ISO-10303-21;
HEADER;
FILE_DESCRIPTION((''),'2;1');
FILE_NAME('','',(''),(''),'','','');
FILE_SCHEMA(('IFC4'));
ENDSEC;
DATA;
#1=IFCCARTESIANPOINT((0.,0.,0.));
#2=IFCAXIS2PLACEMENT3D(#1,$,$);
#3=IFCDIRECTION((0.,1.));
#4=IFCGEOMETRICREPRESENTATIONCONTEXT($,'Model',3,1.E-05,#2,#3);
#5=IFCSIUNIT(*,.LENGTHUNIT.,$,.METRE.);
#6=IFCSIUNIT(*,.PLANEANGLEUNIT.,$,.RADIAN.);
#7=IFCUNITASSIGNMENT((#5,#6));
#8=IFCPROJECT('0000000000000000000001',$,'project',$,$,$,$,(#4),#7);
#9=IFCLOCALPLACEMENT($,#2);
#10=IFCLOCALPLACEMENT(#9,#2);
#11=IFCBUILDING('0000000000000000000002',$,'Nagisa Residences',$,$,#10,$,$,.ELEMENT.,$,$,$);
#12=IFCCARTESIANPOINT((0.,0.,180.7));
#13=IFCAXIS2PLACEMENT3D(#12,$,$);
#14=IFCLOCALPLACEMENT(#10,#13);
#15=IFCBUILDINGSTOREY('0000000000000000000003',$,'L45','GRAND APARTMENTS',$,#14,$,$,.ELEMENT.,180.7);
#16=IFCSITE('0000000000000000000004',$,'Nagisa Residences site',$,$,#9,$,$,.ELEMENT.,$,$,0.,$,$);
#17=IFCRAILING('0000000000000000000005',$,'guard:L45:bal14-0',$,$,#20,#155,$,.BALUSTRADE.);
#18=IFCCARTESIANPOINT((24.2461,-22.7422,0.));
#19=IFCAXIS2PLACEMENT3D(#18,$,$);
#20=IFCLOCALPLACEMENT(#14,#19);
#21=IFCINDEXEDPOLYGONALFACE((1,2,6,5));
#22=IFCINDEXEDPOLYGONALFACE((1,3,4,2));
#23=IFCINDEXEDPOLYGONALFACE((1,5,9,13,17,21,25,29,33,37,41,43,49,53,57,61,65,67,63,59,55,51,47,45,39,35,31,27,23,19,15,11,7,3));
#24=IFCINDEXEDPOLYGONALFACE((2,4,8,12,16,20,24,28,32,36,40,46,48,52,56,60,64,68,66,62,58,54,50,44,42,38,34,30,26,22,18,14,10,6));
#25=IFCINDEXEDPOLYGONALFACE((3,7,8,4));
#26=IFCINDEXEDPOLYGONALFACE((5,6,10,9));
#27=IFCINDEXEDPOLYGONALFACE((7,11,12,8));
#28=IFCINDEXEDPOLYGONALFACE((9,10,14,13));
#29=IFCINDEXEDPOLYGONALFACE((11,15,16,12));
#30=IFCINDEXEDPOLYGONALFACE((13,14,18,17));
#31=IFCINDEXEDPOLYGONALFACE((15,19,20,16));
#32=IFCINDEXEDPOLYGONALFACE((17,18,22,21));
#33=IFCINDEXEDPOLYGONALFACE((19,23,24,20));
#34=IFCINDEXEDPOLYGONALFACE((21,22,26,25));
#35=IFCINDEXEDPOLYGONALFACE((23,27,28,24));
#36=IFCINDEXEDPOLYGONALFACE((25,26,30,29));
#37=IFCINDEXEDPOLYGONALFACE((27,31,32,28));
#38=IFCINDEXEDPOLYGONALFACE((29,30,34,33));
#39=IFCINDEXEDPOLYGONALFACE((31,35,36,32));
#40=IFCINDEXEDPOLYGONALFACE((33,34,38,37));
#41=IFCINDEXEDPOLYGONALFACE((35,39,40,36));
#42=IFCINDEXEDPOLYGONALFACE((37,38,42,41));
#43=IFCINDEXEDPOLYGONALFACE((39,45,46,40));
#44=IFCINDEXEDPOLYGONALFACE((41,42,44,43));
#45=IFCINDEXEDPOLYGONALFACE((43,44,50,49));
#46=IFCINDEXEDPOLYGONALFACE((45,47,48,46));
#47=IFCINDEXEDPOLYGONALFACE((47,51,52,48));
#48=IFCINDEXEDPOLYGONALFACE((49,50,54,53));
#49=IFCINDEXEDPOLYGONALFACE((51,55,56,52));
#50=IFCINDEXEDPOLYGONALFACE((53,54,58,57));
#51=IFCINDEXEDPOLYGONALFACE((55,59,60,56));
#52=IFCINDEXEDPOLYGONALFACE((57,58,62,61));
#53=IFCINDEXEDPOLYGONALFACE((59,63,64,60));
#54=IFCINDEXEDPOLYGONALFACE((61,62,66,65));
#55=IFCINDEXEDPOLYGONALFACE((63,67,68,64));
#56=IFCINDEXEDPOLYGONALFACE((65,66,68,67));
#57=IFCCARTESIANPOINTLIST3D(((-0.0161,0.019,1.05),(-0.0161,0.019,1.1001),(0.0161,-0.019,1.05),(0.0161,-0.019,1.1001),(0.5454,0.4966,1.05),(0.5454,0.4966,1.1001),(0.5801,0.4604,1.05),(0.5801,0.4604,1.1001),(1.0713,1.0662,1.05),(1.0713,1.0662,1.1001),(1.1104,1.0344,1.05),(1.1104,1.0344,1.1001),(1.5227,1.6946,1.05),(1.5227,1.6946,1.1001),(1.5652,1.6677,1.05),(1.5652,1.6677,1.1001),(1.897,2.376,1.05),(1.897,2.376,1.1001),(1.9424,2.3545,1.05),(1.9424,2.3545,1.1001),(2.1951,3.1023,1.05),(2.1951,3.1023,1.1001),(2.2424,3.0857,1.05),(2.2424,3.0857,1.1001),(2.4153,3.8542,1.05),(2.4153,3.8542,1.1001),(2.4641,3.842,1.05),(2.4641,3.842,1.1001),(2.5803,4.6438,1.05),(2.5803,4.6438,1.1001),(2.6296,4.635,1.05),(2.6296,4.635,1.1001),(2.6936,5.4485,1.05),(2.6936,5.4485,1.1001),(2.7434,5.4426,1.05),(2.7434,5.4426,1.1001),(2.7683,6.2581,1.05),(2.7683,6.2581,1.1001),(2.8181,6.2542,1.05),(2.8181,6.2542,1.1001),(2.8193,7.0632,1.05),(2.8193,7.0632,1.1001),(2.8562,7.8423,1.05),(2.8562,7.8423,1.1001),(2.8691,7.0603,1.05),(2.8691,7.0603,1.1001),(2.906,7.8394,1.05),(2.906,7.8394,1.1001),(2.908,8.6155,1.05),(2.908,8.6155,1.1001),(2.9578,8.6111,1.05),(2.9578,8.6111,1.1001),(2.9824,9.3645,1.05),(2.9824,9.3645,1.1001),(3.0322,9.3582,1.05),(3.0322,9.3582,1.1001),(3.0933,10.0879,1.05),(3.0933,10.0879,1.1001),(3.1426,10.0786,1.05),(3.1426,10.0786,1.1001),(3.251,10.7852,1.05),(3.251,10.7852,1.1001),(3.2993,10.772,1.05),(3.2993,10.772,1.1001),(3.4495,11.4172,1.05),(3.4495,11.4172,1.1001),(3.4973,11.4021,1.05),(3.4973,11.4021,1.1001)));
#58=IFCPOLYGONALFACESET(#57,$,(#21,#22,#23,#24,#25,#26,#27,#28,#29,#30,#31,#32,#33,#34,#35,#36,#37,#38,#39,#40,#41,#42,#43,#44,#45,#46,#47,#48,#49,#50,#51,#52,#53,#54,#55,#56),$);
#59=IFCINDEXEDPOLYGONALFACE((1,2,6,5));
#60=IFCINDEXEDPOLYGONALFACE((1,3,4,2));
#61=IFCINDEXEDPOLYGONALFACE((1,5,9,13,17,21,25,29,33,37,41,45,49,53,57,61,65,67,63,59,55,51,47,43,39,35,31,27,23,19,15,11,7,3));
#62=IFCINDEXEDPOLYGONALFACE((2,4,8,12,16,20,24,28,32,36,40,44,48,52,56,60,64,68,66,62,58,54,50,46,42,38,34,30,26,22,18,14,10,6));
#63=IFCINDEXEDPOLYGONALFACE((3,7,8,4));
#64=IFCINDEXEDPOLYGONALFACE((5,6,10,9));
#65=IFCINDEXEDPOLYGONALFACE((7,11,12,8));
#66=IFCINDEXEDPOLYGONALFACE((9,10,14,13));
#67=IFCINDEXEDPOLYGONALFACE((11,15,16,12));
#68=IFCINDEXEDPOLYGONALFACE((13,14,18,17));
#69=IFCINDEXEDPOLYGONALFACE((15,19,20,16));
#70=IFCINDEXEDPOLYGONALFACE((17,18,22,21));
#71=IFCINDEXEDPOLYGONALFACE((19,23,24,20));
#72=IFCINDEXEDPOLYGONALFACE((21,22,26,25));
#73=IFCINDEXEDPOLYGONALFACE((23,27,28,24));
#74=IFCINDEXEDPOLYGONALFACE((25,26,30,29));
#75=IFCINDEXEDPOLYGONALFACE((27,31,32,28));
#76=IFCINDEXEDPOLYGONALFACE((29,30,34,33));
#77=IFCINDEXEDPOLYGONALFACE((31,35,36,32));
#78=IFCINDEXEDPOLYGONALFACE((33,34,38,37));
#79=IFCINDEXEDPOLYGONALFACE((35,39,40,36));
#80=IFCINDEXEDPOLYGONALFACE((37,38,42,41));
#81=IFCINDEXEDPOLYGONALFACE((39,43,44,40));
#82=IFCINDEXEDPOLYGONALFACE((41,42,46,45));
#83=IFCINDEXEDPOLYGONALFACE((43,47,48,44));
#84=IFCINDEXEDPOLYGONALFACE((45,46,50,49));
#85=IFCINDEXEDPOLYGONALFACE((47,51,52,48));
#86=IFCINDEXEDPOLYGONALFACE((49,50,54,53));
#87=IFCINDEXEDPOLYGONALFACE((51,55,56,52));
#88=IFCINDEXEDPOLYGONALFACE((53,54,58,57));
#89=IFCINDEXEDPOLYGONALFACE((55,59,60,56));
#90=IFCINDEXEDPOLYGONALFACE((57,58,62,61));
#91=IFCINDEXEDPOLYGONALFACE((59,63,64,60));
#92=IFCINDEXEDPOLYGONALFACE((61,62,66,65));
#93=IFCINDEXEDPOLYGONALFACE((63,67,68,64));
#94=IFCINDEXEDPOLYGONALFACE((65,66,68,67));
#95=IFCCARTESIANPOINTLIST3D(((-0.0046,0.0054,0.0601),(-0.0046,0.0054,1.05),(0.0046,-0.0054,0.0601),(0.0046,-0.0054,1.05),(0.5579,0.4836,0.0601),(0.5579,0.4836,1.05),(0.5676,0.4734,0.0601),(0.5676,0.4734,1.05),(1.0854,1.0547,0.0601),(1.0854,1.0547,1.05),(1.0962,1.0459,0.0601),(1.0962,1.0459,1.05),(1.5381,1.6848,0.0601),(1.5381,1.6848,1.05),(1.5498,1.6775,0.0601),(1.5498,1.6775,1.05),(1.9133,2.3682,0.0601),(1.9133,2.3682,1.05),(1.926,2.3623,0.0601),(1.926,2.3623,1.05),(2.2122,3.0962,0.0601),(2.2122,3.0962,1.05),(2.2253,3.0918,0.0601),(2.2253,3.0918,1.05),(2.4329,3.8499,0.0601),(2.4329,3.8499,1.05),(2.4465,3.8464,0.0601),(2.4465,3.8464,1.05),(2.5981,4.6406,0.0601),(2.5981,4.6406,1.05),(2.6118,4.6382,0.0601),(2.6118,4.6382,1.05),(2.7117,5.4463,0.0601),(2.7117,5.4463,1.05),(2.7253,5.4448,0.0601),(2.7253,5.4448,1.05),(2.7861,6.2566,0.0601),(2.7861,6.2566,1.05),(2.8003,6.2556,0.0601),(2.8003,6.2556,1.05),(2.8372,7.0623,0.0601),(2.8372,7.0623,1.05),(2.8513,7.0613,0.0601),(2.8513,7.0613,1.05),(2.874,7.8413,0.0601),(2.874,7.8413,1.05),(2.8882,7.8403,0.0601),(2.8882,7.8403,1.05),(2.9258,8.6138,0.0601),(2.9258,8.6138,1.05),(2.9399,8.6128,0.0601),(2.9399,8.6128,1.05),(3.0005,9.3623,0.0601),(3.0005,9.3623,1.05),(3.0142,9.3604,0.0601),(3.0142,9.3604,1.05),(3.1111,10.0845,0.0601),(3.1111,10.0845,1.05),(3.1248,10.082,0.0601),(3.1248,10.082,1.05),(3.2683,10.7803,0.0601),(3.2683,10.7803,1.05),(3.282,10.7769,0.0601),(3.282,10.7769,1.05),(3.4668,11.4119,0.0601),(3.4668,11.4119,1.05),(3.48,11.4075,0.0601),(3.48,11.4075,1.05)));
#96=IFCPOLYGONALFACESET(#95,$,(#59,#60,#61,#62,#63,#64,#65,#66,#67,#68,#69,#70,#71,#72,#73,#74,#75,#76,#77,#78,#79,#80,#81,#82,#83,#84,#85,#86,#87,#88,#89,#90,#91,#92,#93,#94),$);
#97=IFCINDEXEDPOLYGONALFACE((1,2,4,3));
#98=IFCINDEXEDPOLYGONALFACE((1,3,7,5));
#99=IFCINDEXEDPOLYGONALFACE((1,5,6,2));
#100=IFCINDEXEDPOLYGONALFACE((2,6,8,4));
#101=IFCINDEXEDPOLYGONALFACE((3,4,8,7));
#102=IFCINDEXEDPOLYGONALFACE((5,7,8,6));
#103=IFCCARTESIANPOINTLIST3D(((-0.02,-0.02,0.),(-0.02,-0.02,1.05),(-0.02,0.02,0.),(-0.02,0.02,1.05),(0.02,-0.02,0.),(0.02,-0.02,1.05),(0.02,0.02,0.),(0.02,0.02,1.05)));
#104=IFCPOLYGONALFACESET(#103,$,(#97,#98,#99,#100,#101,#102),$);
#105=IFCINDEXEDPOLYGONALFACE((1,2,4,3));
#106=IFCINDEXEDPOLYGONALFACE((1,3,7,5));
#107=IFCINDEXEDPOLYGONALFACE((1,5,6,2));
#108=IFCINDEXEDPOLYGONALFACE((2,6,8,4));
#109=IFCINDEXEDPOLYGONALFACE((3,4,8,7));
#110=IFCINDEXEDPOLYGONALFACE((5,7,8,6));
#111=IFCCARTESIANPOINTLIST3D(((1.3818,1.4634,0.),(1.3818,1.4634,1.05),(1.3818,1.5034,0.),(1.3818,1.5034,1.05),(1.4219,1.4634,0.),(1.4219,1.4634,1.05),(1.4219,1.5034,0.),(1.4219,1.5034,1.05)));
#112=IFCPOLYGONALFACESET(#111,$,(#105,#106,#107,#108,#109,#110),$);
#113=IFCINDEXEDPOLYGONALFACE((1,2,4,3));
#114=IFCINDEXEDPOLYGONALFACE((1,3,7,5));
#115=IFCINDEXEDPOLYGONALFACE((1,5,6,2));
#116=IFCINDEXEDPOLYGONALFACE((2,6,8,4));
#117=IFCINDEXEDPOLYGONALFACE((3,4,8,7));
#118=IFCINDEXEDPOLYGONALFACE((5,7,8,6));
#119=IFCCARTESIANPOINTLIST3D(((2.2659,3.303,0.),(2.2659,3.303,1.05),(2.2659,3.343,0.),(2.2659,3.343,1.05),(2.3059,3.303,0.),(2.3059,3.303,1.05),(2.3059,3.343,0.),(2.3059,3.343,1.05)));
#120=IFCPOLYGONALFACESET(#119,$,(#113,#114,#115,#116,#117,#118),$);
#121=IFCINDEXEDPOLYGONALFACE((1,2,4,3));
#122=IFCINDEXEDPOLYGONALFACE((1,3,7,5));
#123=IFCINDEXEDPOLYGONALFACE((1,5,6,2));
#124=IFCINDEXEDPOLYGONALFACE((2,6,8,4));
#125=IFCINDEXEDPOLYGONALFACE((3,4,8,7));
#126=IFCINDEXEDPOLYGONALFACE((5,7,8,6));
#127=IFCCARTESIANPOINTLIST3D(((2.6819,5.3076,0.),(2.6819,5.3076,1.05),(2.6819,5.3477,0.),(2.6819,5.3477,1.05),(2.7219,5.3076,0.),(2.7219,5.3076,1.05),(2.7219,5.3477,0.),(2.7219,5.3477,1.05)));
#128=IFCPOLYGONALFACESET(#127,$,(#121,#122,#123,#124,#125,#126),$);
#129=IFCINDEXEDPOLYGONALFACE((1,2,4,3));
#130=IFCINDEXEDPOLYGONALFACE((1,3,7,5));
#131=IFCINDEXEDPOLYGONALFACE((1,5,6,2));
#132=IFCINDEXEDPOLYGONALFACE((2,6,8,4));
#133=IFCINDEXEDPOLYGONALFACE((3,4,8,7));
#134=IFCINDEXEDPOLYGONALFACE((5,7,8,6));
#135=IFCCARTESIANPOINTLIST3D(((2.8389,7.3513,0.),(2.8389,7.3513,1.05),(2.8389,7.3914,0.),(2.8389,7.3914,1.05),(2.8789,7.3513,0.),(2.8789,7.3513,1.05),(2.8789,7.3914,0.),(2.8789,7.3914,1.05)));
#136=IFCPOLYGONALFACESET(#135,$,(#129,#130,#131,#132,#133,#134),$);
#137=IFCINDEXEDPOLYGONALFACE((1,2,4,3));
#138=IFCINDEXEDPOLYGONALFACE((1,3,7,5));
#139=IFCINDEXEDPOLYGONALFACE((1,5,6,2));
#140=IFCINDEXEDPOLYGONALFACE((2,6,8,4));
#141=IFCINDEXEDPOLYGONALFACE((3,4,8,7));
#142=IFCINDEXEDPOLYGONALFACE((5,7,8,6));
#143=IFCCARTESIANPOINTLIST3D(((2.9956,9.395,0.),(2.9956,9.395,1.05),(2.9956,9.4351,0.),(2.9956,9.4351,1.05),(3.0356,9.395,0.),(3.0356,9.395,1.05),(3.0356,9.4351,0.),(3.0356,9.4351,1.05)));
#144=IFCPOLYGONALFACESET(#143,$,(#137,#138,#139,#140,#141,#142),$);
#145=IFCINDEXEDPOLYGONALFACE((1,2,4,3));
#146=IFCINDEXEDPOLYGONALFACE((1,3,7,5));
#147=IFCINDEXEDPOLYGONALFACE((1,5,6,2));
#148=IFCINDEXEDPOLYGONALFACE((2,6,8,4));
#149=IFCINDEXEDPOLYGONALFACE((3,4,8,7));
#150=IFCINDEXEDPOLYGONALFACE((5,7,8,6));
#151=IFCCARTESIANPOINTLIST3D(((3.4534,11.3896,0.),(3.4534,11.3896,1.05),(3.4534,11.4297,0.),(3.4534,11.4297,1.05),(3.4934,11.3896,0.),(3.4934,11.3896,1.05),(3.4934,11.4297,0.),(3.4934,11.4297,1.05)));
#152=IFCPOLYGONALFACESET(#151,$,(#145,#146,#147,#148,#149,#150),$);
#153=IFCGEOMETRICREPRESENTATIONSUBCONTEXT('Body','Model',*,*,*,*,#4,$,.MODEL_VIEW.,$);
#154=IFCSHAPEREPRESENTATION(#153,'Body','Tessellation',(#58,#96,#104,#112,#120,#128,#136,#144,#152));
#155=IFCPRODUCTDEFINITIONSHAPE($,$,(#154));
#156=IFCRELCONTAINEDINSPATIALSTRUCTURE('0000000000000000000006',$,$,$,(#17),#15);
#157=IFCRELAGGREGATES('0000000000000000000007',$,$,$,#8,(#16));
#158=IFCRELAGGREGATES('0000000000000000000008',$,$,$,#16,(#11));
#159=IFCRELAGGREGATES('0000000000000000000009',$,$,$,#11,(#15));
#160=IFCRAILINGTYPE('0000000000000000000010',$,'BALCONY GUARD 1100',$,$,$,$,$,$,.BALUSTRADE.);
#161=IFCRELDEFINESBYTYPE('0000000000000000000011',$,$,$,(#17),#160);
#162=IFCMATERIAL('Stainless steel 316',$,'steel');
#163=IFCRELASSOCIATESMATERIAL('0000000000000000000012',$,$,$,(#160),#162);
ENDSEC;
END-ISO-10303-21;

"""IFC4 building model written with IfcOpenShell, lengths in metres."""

from ifc_helpers import new_model, si_unit, direction, frame, origin, origin_2d, place, context, subcontext, project, spatial, polyline, rectangle, outline, extrude, material, type_object, element, save


model = new_model("IFC4")

# Units and contexts
model_context = context("Model", 3, precision=1e-05, world=origin(), true_north=direction((0.0, 1.0)))
body_context = subcontext(model_context, "Body", "Model", "MODEL_VIEW")
ifc_project = project(units=[si_unit("LENGTHUNIT", "METRE"), si_unit("PLANEANGLEUNIT", "RADIAN")], contexts=[model_context])

# Site, building, storey
site_placement = place(None, origin())
site = spatial("IfcSite", under=ifc_project, at=site_placement, Name="Nagisa Residences site", CompositionType="ELEMENT", RefElevation=0.0)
building_placement = place(site_placement, origin())
building = spatial("IfcBuilding", under=site, at=building_placement, Name="Nagisa Residences", CompositionType="ELEMENT")
storey_placement = place(building_placement, frame((0.0, 0.0, 180.7)))
storey = spatial("IfcBuildingStorey", under=building, at=storey_placement, Name="L45", Description="GRAND APARTMENTS", CompositionType="ELEMENT", Elevation=180.7)

# Railing
ifc_material_1 = material(Name="Stainless steel 316", Category="steel")
railing_type = type_object("IfcRailingType", Name="BALCONY GUARD 1100", PredefinedType="BALUSTRADE", material=ifc_material_1)
railing_1_placement = place(storey_placement, frame((24.2461, -22.7422, 0.0)))
element("IfcRailing", 1, at=railing_1_placement, inside=storey, type_object=railing_type, Name="guard:L45:bal14-0", PredefinedType="BALUSTRADE", context=body_context, shape_type="SweptSolid", body=[
    extrude(outline(polyline([(0.5454, 0.4966), (-0.0161, 0.019), (0.0161, -0.019), (0.5801, 0.4604), (1.1104, 1.0344), (1.5652, 1.6677), (1.9424, 2.3545), (2.2424, 3.0857), (2.4641, 3.842), (2.6296, 4.635), (2.7434, 5.4426), (2.8181, 6.2542), (2.8691, 7.0603), (2.906, 7.8394), (2.9578, 8.6111), (3.0322, 9.3582), (3.1426, 10.0786), (3.2993, 10.772), (3.4973, 11.4021), (3.4495, 11.4172), (3.251, 10.7852), (3.0933, 10.0879), (2.9824, 9.3645), (2.908, 8.6155), (2.8562, 7.8423), (2.8193, 7.0632), (2.7683, 6.2581), (2.6936, 5.4485), (2.5803, 4.6438), (2.4153, 3.8542), (2.1951, 3.1023), (1.897, 2.376), (1.5227, 1.6946), (1.0713, 1.0662), (0.5454, 0.4966)])), frame((0.0, 0.0, 1.05)), (0.0, 0.0, 1.0), 0.05),
    extrude(outline(polyline([(0.5579, 0.4836), (-0.0046, 0.0054), (0.0046, -0.0054), (0.5676, 0.4734), (1.0962, 1.0459), (1.5498, 1.6775), (1.926, 2.3623), (2.2253, 3.0918), (2.4465, 3.8464), (2.6118, 4.6382), (2.7253, 5.4448), (2.8003, 6.2556), (2.8513, 7.0613), (2.8882, 7.8403), (2.9399, 8.6128), (3.0142, 9.3604), (3.1248, 10.082), (3.282, 10.7769), (3.48, 11.4075), (3.4668, 11.4119), (3.2683, 10.7803), (3.1111, 10.0845), (3.0005, 9.3623), (2.9258, 8.6138), (2.874, 7.8413), (2.8372, 7.0623), (2.7861, 6.2566), (2.7117, 5.4463), (2.5981, 4.6406), (2.4329, 3.8499), (2.2122, 3.0962), (1.9133, 2.3682), (1.5381, 1.6848), (1.0854, 1.0547), (0.5579, 0.4836)])), frame((0.0, 0.0, 0.0601)), (0.0, 0.0, 1.0), 0.99),
    extrude(rectangle(XDim=0.04, YDim=0.04, at=origin_2d()), origin(), (0.0, 0.0, 1.0), 1.05),
    extrude(rectangle(XDim=0.04, YDim=0.04, at=origin_2d()), frame((1.4019, 1.4834, 0.0)), (0.0, 0.0, 1.0), 1.05),
    extrude(rectangle(XDim=0.04, YDim=0.04, at=origin_2d()), frame((2.2859, 3.323, 0.0)), (0.0, 0.0, 1.0), 1.05),
    extrude(rectangle(XDim=0.04, YDim=0.04, at=origin_2d()), frame((2.7019, 5.3276, 0.0)), (0.0, 0.0, 1.0), 1.05),
    extrude(rectangle(XDim=0.04, YDim=0.04, at=origin_2d()), frame((2.8589, 7.3713, 0.0)), (0.0, 0.0, 1.0), 1.05),
    extrude(rectangle(XDim=0.04, YDim=0.04, at=origin_2d()), frame((3.0156, 9.415, 0.0)), (0.0, 0.0, 1.0), 1.05),
    extrude(rectangle(XDim=0.04, YDim=0.04, at=origin_2d()), frame((3.4734, 11.4097, 0.0)), (0.0, 0.0, 1.0), 1.05),
])

save(model, "model.ifc")
